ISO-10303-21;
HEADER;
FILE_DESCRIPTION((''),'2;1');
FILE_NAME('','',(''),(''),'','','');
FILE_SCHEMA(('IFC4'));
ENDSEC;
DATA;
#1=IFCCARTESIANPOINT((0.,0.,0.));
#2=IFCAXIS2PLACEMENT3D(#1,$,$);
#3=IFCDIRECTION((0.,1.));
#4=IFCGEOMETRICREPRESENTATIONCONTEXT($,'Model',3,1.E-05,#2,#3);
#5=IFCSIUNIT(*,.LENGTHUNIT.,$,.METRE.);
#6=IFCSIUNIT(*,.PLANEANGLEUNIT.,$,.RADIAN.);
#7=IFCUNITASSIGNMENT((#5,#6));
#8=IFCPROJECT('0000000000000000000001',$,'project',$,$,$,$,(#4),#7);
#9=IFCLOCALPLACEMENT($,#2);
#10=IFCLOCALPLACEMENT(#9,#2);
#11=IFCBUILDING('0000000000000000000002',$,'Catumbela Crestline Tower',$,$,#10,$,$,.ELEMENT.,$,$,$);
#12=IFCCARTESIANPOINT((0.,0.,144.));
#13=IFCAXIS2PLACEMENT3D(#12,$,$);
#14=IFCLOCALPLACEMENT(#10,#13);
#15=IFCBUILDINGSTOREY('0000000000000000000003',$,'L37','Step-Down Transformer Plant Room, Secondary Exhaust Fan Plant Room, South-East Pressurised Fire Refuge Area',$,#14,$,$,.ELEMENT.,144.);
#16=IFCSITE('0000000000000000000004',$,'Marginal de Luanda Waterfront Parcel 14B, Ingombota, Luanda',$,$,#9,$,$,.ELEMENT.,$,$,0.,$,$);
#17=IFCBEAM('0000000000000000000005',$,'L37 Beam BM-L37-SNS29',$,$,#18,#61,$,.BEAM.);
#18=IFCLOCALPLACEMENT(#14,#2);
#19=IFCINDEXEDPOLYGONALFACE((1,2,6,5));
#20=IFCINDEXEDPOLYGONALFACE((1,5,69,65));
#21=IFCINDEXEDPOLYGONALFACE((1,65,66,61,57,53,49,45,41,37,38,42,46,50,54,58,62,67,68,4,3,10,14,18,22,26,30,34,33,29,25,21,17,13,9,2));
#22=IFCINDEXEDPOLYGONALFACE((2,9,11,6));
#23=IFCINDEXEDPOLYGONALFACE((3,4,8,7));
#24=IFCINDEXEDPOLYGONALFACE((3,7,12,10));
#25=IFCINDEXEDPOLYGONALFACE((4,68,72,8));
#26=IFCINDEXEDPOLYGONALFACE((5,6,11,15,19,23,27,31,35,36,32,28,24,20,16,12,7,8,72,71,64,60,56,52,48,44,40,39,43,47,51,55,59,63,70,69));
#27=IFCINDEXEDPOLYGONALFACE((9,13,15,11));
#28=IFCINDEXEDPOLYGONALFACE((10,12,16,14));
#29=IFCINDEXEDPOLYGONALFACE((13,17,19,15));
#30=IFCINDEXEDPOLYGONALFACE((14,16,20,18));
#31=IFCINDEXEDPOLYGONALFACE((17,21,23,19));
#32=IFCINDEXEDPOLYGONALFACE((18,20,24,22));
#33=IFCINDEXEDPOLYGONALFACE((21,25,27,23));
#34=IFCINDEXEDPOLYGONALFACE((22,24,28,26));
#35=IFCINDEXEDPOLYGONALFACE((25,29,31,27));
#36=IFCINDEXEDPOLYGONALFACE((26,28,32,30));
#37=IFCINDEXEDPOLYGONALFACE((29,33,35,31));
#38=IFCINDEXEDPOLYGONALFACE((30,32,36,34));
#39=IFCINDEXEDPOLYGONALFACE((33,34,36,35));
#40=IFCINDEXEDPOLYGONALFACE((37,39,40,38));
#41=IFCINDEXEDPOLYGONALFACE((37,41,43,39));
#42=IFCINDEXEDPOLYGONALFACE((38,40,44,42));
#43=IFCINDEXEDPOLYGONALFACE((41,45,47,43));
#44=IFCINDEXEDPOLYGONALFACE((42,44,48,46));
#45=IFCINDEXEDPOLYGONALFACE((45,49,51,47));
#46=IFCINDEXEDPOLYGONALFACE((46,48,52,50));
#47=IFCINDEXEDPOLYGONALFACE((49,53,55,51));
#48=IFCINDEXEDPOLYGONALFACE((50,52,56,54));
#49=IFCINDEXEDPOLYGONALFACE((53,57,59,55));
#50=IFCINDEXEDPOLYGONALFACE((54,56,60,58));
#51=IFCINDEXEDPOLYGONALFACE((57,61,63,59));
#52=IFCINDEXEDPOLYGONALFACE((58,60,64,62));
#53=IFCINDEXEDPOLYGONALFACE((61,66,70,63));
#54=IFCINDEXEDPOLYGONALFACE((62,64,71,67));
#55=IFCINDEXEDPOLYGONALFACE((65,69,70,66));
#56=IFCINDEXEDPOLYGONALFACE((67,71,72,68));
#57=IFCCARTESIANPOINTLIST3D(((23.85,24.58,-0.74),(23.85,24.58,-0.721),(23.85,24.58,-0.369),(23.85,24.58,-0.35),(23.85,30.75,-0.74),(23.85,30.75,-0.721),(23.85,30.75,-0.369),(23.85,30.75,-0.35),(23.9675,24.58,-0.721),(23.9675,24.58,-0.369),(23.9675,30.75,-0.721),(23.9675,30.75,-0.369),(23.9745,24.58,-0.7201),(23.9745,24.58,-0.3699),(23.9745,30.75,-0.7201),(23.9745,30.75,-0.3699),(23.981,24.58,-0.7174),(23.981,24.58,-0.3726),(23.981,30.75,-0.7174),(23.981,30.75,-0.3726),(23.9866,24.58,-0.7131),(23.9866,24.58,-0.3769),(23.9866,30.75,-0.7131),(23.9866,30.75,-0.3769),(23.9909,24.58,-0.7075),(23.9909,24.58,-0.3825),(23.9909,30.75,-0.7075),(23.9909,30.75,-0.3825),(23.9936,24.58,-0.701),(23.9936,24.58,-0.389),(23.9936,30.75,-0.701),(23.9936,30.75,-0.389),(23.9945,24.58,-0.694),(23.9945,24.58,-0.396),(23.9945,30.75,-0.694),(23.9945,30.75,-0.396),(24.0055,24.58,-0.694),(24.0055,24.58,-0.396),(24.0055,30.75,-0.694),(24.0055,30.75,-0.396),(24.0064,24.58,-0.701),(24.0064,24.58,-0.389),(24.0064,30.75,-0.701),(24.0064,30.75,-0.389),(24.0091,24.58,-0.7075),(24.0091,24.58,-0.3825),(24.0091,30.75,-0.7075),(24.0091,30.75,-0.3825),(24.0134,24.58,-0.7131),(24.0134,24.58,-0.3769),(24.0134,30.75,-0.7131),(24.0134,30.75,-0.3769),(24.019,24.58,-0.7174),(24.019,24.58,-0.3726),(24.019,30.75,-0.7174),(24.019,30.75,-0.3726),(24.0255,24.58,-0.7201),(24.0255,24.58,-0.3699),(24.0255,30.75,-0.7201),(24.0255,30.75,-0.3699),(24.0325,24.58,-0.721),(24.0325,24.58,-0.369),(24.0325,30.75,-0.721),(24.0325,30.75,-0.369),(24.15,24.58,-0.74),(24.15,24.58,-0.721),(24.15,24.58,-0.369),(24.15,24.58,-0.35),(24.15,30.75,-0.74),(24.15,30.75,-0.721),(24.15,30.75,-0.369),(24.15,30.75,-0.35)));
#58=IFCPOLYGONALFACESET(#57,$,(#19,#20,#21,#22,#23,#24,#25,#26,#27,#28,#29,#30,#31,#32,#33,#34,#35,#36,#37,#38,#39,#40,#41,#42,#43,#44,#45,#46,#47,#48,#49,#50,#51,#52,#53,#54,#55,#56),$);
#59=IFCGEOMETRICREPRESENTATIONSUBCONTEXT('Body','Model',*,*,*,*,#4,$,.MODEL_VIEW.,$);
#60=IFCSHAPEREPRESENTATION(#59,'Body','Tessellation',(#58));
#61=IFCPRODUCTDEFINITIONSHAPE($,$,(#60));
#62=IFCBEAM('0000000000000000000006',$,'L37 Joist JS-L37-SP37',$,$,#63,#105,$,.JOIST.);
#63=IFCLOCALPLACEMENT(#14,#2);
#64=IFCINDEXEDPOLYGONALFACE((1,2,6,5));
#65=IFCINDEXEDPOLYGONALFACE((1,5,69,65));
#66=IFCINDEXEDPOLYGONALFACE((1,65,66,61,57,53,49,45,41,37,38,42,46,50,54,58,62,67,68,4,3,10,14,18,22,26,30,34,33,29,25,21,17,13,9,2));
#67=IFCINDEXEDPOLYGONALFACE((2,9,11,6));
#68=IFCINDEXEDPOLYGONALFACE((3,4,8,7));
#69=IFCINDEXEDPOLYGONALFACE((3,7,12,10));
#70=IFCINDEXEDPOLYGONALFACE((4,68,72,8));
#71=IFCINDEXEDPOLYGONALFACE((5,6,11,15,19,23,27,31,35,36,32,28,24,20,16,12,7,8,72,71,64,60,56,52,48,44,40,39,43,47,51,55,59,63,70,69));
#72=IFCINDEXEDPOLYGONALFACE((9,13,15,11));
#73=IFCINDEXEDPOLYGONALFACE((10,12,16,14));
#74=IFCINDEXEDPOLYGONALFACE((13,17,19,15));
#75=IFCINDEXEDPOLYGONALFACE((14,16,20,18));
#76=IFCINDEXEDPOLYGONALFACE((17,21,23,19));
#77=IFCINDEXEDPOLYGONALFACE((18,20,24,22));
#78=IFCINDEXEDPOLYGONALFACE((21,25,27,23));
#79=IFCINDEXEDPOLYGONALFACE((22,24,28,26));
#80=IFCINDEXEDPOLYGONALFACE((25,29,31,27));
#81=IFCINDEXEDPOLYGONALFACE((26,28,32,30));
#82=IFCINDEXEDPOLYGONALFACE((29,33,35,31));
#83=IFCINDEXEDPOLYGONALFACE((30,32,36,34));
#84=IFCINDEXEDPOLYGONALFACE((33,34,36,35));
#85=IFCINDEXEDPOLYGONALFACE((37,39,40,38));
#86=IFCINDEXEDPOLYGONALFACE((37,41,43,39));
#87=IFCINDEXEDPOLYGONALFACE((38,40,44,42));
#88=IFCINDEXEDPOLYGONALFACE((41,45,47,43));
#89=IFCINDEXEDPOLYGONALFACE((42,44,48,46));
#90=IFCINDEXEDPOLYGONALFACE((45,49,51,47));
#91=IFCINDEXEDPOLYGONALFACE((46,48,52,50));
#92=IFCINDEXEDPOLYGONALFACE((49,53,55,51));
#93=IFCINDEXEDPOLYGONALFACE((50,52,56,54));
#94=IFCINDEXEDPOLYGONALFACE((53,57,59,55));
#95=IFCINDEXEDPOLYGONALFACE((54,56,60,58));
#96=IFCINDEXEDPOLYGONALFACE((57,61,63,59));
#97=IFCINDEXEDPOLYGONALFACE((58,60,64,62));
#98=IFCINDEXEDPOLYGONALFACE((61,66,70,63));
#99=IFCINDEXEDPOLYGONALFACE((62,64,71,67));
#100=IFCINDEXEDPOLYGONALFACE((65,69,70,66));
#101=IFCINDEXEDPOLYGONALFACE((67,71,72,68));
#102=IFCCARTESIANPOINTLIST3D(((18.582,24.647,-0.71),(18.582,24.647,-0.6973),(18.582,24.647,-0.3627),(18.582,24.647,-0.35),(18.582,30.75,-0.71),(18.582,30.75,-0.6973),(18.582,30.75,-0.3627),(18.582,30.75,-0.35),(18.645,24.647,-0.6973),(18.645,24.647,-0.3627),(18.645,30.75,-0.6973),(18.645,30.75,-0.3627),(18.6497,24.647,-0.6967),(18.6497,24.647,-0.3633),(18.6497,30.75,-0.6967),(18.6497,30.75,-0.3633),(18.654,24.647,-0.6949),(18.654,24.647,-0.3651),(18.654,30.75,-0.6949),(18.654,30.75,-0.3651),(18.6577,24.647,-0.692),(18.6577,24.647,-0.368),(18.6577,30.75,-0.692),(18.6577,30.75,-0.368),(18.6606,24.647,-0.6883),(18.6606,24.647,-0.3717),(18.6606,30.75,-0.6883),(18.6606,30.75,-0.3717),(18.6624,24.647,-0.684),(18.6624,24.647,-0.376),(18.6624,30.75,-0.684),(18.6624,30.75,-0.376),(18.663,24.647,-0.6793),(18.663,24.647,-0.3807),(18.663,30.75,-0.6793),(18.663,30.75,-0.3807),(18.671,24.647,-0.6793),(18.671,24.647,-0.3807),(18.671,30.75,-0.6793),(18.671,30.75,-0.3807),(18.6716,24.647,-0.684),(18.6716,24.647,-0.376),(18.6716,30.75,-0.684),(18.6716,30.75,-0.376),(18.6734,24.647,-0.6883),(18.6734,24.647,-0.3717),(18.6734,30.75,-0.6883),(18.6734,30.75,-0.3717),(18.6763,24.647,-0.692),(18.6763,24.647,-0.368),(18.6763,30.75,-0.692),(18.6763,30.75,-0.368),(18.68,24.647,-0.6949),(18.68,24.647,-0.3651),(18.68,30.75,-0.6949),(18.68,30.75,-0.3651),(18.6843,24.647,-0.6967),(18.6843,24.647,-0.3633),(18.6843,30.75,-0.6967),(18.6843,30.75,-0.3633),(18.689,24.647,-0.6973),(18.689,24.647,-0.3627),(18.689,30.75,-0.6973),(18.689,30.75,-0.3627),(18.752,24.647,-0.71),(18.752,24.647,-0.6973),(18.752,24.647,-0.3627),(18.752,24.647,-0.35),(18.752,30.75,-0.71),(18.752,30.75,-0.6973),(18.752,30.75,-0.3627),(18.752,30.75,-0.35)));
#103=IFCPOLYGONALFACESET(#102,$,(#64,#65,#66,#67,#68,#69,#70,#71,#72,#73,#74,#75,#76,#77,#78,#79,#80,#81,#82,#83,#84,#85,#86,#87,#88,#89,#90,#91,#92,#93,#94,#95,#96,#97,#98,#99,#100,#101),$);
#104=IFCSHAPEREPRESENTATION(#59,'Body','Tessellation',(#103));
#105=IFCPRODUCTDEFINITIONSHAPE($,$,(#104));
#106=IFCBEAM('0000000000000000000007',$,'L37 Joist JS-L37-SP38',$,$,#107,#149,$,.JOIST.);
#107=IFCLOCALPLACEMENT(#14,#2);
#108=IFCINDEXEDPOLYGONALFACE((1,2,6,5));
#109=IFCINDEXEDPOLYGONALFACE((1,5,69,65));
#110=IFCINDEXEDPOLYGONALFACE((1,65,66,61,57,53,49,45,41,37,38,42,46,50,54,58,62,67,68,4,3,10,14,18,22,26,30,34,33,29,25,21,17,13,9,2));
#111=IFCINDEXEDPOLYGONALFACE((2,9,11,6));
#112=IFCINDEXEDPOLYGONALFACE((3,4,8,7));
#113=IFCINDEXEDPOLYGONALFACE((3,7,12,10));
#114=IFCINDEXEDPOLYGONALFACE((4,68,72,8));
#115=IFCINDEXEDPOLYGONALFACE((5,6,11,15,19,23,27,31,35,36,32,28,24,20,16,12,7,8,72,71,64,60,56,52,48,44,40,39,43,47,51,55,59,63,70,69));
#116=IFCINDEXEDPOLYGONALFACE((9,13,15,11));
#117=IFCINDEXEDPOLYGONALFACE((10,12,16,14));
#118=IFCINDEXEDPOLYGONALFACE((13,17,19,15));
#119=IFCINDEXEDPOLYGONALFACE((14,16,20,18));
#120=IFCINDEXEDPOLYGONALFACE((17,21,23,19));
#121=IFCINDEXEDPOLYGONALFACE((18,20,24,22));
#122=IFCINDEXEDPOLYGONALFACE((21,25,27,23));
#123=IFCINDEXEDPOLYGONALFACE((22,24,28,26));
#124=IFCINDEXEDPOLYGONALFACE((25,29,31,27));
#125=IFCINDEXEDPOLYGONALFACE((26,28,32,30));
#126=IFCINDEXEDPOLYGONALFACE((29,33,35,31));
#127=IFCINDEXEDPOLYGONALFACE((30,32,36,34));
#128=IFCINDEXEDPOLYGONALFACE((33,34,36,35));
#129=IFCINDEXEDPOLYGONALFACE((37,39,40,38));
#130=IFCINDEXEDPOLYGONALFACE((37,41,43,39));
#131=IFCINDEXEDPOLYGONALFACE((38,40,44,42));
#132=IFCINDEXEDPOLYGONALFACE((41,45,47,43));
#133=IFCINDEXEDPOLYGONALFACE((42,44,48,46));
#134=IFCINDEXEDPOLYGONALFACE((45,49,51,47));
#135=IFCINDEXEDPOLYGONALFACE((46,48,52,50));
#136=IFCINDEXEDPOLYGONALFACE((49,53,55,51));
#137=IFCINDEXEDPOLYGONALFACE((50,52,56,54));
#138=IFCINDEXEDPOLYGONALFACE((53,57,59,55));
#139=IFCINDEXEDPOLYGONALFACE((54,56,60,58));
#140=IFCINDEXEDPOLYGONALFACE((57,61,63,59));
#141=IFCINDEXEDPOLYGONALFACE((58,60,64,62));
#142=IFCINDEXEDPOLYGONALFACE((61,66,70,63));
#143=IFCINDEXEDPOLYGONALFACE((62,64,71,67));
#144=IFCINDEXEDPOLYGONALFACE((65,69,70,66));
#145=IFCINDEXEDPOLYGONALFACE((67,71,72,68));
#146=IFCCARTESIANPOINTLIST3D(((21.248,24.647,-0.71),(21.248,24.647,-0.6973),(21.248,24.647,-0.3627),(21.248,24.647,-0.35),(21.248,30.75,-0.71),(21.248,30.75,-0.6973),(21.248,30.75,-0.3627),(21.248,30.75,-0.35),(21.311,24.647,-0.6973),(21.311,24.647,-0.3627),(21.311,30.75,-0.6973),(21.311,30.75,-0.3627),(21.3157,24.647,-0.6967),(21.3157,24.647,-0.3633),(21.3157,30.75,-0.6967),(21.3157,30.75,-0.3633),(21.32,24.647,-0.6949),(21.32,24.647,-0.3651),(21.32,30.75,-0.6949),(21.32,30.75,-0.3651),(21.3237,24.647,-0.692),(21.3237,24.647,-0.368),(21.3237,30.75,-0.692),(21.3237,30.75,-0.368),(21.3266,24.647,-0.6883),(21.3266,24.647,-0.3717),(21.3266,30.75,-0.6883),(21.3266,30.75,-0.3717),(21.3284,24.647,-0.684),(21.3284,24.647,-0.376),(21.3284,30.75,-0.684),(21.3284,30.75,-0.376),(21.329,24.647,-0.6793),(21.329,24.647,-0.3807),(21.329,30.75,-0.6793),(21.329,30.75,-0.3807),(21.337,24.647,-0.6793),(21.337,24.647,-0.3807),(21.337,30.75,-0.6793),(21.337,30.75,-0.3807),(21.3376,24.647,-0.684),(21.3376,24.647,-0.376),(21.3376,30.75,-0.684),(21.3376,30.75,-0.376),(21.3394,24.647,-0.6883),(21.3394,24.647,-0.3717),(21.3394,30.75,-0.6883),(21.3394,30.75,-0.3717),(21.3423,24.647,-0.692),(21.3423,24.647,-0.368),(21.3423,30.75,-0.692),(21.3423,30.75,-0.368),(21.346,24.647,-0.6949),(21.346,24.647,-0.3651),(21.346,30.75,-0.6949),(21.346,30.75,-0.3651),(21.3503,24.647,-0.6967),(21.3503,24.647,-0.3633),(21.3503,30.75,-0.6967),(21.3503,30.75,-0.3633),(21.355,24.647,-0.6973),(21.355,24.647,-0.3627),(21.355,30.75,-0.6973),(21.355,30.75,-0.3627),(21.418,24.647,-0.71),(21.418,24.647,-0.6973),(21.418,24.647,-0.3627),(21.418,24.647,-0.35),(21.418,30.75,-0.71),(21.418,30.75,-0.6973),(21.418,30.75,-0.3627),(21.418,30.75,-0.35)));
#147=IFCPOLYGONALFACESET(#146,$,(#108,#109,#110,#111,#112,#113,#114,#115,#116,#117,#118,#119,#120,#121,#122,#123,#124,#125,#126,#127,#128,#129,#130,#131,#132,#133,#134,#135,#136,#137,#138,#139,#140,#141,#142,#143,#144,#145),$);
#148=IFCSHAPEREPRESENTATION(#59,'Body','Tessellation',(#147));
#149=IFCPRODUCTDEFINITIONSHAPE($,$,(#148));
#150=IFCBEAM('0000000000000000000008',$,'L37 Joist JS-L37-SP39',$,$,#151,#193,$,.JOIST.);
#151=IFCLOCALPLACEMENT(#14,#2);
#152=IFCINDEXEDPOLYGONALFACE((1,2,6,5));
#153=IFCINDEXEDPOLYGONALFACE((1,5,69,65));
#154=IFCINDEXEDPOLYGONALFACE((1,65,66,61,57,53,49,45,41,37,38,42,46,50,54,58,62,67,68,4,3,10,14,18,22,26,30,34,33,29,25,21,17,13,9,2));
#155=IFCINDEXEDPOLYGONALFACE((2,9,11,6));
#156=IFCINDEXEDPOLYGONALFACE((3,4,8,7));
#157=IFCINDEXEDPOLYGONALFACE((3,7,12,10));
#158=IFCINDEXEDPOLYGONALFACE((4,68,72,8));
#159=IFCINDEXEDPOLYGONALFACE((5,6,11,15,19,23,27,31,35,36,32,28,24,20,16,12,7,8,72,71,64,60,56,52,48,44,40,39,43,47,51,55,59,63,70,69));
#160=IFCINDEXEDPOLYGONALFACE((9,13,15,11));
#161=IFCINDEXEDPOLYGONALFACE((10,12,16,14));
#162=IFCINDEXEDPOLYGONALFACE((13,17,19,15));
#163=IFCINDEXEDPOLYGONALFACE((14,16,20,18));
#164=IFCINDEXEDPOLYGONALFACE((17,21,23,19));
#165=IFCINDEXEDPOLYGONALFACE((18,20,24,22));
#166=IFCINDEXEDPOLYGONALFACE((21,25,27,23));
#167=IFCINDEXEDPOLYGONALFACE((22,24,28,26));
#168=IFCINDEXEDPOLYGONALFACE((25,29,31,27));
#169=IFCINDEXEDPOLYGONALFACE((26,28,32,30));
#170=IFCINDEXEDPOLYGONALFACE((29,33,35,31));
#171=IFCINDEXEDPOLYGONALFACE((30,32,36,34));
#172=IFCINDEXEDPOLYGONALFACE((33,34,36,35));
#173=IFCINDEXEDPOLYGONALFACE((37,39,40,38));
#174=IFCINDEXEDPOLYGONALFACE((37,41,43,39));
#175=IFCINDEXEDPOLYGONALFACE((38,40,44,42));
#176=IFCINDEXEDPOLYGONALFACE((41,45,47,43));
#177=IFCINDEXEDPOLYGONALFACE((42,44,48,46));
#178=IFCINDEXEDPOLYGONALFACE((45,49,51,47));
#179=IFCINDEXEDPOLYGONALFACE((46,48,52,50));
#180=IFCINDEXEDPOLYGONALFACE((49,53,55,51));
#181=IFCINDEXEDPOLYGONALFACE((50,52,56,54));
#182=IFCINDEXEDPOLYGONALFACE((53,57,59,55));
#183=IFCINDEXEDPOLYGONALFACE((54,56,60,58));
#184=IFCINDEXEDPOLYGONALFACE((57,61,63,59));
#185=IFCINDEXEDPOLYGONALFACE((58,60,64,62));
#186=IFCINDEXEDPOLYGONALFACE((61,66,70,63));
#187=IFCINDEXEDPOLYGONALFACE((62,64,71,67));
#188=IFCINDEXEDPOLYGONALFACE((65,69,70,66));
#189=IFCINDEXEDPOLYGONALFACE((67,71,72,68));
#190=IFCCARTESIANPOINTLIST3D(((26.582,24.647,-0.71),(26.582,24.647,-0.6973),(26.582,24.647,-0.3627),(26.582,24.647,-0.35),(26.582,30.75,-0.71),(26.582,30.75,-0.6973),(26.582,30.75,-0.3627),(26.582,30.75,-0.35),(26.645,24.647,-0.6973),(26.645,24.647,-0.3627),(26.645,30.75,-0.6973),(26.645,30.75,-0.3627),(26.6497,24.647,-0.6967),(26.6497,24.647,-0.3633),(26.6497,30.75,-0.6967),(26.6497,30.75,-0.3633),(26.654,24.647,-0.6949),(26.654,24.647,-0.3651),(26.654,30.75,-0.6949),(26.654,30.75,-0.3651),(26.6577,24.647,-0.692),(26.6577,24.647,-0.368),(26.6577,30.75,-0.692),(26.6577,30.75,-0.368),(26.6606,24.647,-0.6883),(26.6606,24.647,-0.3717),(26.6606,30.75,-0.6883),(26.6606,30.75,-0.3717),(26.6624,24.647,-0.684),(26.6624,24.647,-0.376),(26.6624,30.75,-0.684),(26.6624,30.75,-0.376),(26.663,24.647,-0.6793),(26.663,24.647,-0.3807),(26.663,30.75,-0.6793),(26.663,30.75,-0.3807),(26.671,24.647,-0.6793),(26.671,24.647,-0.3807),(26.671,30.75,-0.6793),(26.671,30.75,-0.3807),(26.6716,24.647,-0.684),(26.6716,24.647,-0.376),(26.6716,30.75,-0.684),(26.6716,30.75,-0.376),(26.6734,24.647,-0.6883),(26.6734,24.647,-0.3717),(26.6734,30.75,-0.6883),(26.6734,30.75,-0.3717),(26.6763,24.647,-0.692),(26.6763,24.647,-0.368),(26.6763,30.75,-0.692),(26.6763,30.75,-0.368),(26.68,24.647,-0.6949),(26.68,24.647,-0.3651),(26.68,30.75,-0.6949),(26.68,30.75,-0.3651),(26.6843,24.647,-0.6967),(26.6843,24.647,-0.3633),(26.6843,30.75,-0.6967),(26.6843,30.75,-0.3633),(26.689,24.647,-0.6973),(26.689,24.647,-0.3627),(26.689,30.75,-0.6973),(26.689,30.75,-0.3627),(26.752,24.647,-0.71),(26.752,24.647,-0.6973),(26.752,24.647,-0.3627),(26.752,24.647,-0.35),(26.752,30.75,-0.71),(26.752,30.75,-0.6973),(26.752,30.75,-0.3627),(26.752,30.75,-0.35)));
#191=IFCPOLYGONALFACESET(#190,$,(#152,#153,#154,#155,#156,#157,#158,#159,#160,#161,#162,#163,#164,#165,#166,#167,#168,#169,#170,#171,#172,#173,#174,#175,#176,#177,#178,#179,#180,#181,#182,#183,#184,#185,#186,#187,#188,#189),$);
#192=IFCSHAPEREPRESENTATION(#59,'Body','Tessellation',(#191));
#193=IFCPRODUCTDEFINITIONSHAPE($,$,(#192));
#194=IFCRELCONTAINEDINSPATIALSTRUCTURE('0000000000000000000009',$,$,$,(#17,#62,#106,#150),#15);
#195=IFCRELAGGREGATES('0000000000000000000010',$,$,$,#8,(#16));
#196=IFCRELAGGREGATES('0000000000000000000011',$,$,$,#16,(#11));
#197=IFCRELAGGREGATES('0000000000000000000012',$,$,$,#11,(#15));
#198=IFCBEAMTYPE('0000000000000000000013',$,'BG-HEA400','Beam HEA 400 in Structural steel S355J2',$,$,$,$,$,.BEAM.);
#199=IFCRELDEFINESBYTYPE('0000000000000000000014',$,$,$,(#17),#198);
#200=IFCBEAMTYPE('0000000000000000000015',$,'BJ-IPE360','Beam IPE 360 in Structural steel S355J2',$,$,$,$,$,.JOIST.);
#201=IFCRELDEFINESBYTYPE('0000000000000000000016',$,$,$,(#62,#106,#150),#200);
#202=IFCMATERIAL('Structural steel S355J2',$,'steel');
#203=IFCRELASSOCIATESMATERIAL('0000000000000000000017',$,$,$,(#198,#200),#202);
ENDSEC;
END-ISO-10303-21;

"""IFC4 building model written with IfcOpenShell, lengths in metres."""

from ifc_helpers import new_model, si_unit, direction, frame, origin, origin_2d, place, context, subcontext, project, spatial, i_section, extrude, material, material_profile, profile_set, type_object, element, save


model = new_model("IFC4")

# Units and contexts
model_context = context("Model", 3, precision=1e-05, world=origin(), true_north=direction((0.0, 1.0)))
body_context = subcontext(model_context, "Body", "Model", "MODEL_VIEW")
ifc_project = project(units=[si_unit("LENGTHUNIT", "METRE"), si_unit("PLANEANGLEUNIT", "RADIAN")], contexts=[model_context])

# Site, building, storey
site_placement = place(None, origin())
site = spatial("IfcSite", under=ifc_project, at=site_placement, Name="Marginal de Luanda Waterfront Parcel 14B, Ingombota, Luanda", CompositionType="ELEMENT", RefElevation=0.0)
building_placement = place(site_placement, origin())
building = spatial("IfcBuilding", under=site, at=building_placement, Name="Catumbela Crestline Tower", CompositionType="ELEMENT")
storey_placement = place(building_placement, frame((0.0, 0.0, 144.0)))
storey = spatial("IfcBuildingStorey", under=building, at=storey_placement, Name="L37", Description="Step-Down Transformer Plant Room, Secondary Exhaust Fan Plant Room, South-East Pressurised Fire Refuge Area", CompositionType="ELEMENT", Elevation=144.0)

# Beams
ifc_material_1 = material(Name="Structural steel S355J2", Category="steel")
ifc_material_profile_1 = material_profile(ifc_material_1, i_section(OverallWidth=0.3, OverallDepth=0.39, WebThickness=0.011, FlangeThickness=0.019, FilletRadius=0.027, at=origin_2d()), Name="HEA 400")
ifc_profile_set_1 = profile_set([ifc_material_profile_1], Name="Structural steel S355J2")
beam_type_1 = type_object("IfcBeamType", Name="BG-HEA400", Description="Beam HEA 400 in Structural steel S355J2", PredefinedType="BEAM", material=ifc_profile_set_1)
beam_1_placement = place(storey_placement, frame((24.0, 24.58, -0.545), z_axis=(0.0, 1.0, 0.0), x_axis=(-1.0, 0.0, 0.0)))
element("IfcBeam", 1, at=beam_1_placement, inside=storey, type_object=beam_type_1, Name="L37 Beam BM-L37-SNS29", PredefinedType="BEAM", context=body_context, shape_type="SweptSolid", body=[
    extrude(i_section(OverallWidth=0.3, OverallDepth=0.39, WebThickness=0.011, FlangeThickness=0.019, FilletRadius=0.027, at=origin_2d()), origin(), (0.0, 0.0, 1.0), 6.17),
])
ifc_material_profile_2 = material_profile(ifc_material_1, i_section(OverallWidth=0.17, OverallDepth=0.36, WebThickness=0.008, FlangeThickness=0.0127, FilletRadius=0.018, at=origin_2d()), Name="IPE 360")
ifc_profile_set_2 = profile_set([ifc_material_profile_2], Name="Structural steel S355J2")
beam_type_2 = type_object("IfcBeamType", Name="BJ-IPE360", Description="Beam IPE 360 in Structural steel S355J2", PredefinedType="JOIST", material=ifc_profile_set_2)
for number, where, z_axis, x_axis, name in (
    (2, (18.667, 24.647, -0.53), (0.0, 1.0, 0.0), (-1.0, 0.0, 0.0), "L37 Joist JS-L37-SP37"),
    (3, (21.333, 24.647, -0.53), (0.0, 1.0, 0.0), (-1.0, 0.0, 0.0), "L37 Joist JS-L37-SP38"),
    (4, (26.667, 24.647, -0.53), (0.0, 1.0, 0.0), (-1.0, 0.0, 0.0), "L37 Joist JS-L37-SP39"),
):
    element("IfcBeam", number, at=place(storey_placement, frame(where, z_axis=z_axis, x_axis=x_axis)), inside=storey, type_object=beam_type_2, Name=name, PredefinedType="JOIST", context=body_context, shape_type="SweptSolid", body=[
        extrude(i_section(OverallWidth=0.17, OverallDepth=0.36, WebThickness=0.008, FlangeThickness=0.0127, FilletRadius=0.018, at=origin_2d()), origin(), (0.0, 0.0, 1.0), 6.103),
    ])

save(model, "model.ifc")
